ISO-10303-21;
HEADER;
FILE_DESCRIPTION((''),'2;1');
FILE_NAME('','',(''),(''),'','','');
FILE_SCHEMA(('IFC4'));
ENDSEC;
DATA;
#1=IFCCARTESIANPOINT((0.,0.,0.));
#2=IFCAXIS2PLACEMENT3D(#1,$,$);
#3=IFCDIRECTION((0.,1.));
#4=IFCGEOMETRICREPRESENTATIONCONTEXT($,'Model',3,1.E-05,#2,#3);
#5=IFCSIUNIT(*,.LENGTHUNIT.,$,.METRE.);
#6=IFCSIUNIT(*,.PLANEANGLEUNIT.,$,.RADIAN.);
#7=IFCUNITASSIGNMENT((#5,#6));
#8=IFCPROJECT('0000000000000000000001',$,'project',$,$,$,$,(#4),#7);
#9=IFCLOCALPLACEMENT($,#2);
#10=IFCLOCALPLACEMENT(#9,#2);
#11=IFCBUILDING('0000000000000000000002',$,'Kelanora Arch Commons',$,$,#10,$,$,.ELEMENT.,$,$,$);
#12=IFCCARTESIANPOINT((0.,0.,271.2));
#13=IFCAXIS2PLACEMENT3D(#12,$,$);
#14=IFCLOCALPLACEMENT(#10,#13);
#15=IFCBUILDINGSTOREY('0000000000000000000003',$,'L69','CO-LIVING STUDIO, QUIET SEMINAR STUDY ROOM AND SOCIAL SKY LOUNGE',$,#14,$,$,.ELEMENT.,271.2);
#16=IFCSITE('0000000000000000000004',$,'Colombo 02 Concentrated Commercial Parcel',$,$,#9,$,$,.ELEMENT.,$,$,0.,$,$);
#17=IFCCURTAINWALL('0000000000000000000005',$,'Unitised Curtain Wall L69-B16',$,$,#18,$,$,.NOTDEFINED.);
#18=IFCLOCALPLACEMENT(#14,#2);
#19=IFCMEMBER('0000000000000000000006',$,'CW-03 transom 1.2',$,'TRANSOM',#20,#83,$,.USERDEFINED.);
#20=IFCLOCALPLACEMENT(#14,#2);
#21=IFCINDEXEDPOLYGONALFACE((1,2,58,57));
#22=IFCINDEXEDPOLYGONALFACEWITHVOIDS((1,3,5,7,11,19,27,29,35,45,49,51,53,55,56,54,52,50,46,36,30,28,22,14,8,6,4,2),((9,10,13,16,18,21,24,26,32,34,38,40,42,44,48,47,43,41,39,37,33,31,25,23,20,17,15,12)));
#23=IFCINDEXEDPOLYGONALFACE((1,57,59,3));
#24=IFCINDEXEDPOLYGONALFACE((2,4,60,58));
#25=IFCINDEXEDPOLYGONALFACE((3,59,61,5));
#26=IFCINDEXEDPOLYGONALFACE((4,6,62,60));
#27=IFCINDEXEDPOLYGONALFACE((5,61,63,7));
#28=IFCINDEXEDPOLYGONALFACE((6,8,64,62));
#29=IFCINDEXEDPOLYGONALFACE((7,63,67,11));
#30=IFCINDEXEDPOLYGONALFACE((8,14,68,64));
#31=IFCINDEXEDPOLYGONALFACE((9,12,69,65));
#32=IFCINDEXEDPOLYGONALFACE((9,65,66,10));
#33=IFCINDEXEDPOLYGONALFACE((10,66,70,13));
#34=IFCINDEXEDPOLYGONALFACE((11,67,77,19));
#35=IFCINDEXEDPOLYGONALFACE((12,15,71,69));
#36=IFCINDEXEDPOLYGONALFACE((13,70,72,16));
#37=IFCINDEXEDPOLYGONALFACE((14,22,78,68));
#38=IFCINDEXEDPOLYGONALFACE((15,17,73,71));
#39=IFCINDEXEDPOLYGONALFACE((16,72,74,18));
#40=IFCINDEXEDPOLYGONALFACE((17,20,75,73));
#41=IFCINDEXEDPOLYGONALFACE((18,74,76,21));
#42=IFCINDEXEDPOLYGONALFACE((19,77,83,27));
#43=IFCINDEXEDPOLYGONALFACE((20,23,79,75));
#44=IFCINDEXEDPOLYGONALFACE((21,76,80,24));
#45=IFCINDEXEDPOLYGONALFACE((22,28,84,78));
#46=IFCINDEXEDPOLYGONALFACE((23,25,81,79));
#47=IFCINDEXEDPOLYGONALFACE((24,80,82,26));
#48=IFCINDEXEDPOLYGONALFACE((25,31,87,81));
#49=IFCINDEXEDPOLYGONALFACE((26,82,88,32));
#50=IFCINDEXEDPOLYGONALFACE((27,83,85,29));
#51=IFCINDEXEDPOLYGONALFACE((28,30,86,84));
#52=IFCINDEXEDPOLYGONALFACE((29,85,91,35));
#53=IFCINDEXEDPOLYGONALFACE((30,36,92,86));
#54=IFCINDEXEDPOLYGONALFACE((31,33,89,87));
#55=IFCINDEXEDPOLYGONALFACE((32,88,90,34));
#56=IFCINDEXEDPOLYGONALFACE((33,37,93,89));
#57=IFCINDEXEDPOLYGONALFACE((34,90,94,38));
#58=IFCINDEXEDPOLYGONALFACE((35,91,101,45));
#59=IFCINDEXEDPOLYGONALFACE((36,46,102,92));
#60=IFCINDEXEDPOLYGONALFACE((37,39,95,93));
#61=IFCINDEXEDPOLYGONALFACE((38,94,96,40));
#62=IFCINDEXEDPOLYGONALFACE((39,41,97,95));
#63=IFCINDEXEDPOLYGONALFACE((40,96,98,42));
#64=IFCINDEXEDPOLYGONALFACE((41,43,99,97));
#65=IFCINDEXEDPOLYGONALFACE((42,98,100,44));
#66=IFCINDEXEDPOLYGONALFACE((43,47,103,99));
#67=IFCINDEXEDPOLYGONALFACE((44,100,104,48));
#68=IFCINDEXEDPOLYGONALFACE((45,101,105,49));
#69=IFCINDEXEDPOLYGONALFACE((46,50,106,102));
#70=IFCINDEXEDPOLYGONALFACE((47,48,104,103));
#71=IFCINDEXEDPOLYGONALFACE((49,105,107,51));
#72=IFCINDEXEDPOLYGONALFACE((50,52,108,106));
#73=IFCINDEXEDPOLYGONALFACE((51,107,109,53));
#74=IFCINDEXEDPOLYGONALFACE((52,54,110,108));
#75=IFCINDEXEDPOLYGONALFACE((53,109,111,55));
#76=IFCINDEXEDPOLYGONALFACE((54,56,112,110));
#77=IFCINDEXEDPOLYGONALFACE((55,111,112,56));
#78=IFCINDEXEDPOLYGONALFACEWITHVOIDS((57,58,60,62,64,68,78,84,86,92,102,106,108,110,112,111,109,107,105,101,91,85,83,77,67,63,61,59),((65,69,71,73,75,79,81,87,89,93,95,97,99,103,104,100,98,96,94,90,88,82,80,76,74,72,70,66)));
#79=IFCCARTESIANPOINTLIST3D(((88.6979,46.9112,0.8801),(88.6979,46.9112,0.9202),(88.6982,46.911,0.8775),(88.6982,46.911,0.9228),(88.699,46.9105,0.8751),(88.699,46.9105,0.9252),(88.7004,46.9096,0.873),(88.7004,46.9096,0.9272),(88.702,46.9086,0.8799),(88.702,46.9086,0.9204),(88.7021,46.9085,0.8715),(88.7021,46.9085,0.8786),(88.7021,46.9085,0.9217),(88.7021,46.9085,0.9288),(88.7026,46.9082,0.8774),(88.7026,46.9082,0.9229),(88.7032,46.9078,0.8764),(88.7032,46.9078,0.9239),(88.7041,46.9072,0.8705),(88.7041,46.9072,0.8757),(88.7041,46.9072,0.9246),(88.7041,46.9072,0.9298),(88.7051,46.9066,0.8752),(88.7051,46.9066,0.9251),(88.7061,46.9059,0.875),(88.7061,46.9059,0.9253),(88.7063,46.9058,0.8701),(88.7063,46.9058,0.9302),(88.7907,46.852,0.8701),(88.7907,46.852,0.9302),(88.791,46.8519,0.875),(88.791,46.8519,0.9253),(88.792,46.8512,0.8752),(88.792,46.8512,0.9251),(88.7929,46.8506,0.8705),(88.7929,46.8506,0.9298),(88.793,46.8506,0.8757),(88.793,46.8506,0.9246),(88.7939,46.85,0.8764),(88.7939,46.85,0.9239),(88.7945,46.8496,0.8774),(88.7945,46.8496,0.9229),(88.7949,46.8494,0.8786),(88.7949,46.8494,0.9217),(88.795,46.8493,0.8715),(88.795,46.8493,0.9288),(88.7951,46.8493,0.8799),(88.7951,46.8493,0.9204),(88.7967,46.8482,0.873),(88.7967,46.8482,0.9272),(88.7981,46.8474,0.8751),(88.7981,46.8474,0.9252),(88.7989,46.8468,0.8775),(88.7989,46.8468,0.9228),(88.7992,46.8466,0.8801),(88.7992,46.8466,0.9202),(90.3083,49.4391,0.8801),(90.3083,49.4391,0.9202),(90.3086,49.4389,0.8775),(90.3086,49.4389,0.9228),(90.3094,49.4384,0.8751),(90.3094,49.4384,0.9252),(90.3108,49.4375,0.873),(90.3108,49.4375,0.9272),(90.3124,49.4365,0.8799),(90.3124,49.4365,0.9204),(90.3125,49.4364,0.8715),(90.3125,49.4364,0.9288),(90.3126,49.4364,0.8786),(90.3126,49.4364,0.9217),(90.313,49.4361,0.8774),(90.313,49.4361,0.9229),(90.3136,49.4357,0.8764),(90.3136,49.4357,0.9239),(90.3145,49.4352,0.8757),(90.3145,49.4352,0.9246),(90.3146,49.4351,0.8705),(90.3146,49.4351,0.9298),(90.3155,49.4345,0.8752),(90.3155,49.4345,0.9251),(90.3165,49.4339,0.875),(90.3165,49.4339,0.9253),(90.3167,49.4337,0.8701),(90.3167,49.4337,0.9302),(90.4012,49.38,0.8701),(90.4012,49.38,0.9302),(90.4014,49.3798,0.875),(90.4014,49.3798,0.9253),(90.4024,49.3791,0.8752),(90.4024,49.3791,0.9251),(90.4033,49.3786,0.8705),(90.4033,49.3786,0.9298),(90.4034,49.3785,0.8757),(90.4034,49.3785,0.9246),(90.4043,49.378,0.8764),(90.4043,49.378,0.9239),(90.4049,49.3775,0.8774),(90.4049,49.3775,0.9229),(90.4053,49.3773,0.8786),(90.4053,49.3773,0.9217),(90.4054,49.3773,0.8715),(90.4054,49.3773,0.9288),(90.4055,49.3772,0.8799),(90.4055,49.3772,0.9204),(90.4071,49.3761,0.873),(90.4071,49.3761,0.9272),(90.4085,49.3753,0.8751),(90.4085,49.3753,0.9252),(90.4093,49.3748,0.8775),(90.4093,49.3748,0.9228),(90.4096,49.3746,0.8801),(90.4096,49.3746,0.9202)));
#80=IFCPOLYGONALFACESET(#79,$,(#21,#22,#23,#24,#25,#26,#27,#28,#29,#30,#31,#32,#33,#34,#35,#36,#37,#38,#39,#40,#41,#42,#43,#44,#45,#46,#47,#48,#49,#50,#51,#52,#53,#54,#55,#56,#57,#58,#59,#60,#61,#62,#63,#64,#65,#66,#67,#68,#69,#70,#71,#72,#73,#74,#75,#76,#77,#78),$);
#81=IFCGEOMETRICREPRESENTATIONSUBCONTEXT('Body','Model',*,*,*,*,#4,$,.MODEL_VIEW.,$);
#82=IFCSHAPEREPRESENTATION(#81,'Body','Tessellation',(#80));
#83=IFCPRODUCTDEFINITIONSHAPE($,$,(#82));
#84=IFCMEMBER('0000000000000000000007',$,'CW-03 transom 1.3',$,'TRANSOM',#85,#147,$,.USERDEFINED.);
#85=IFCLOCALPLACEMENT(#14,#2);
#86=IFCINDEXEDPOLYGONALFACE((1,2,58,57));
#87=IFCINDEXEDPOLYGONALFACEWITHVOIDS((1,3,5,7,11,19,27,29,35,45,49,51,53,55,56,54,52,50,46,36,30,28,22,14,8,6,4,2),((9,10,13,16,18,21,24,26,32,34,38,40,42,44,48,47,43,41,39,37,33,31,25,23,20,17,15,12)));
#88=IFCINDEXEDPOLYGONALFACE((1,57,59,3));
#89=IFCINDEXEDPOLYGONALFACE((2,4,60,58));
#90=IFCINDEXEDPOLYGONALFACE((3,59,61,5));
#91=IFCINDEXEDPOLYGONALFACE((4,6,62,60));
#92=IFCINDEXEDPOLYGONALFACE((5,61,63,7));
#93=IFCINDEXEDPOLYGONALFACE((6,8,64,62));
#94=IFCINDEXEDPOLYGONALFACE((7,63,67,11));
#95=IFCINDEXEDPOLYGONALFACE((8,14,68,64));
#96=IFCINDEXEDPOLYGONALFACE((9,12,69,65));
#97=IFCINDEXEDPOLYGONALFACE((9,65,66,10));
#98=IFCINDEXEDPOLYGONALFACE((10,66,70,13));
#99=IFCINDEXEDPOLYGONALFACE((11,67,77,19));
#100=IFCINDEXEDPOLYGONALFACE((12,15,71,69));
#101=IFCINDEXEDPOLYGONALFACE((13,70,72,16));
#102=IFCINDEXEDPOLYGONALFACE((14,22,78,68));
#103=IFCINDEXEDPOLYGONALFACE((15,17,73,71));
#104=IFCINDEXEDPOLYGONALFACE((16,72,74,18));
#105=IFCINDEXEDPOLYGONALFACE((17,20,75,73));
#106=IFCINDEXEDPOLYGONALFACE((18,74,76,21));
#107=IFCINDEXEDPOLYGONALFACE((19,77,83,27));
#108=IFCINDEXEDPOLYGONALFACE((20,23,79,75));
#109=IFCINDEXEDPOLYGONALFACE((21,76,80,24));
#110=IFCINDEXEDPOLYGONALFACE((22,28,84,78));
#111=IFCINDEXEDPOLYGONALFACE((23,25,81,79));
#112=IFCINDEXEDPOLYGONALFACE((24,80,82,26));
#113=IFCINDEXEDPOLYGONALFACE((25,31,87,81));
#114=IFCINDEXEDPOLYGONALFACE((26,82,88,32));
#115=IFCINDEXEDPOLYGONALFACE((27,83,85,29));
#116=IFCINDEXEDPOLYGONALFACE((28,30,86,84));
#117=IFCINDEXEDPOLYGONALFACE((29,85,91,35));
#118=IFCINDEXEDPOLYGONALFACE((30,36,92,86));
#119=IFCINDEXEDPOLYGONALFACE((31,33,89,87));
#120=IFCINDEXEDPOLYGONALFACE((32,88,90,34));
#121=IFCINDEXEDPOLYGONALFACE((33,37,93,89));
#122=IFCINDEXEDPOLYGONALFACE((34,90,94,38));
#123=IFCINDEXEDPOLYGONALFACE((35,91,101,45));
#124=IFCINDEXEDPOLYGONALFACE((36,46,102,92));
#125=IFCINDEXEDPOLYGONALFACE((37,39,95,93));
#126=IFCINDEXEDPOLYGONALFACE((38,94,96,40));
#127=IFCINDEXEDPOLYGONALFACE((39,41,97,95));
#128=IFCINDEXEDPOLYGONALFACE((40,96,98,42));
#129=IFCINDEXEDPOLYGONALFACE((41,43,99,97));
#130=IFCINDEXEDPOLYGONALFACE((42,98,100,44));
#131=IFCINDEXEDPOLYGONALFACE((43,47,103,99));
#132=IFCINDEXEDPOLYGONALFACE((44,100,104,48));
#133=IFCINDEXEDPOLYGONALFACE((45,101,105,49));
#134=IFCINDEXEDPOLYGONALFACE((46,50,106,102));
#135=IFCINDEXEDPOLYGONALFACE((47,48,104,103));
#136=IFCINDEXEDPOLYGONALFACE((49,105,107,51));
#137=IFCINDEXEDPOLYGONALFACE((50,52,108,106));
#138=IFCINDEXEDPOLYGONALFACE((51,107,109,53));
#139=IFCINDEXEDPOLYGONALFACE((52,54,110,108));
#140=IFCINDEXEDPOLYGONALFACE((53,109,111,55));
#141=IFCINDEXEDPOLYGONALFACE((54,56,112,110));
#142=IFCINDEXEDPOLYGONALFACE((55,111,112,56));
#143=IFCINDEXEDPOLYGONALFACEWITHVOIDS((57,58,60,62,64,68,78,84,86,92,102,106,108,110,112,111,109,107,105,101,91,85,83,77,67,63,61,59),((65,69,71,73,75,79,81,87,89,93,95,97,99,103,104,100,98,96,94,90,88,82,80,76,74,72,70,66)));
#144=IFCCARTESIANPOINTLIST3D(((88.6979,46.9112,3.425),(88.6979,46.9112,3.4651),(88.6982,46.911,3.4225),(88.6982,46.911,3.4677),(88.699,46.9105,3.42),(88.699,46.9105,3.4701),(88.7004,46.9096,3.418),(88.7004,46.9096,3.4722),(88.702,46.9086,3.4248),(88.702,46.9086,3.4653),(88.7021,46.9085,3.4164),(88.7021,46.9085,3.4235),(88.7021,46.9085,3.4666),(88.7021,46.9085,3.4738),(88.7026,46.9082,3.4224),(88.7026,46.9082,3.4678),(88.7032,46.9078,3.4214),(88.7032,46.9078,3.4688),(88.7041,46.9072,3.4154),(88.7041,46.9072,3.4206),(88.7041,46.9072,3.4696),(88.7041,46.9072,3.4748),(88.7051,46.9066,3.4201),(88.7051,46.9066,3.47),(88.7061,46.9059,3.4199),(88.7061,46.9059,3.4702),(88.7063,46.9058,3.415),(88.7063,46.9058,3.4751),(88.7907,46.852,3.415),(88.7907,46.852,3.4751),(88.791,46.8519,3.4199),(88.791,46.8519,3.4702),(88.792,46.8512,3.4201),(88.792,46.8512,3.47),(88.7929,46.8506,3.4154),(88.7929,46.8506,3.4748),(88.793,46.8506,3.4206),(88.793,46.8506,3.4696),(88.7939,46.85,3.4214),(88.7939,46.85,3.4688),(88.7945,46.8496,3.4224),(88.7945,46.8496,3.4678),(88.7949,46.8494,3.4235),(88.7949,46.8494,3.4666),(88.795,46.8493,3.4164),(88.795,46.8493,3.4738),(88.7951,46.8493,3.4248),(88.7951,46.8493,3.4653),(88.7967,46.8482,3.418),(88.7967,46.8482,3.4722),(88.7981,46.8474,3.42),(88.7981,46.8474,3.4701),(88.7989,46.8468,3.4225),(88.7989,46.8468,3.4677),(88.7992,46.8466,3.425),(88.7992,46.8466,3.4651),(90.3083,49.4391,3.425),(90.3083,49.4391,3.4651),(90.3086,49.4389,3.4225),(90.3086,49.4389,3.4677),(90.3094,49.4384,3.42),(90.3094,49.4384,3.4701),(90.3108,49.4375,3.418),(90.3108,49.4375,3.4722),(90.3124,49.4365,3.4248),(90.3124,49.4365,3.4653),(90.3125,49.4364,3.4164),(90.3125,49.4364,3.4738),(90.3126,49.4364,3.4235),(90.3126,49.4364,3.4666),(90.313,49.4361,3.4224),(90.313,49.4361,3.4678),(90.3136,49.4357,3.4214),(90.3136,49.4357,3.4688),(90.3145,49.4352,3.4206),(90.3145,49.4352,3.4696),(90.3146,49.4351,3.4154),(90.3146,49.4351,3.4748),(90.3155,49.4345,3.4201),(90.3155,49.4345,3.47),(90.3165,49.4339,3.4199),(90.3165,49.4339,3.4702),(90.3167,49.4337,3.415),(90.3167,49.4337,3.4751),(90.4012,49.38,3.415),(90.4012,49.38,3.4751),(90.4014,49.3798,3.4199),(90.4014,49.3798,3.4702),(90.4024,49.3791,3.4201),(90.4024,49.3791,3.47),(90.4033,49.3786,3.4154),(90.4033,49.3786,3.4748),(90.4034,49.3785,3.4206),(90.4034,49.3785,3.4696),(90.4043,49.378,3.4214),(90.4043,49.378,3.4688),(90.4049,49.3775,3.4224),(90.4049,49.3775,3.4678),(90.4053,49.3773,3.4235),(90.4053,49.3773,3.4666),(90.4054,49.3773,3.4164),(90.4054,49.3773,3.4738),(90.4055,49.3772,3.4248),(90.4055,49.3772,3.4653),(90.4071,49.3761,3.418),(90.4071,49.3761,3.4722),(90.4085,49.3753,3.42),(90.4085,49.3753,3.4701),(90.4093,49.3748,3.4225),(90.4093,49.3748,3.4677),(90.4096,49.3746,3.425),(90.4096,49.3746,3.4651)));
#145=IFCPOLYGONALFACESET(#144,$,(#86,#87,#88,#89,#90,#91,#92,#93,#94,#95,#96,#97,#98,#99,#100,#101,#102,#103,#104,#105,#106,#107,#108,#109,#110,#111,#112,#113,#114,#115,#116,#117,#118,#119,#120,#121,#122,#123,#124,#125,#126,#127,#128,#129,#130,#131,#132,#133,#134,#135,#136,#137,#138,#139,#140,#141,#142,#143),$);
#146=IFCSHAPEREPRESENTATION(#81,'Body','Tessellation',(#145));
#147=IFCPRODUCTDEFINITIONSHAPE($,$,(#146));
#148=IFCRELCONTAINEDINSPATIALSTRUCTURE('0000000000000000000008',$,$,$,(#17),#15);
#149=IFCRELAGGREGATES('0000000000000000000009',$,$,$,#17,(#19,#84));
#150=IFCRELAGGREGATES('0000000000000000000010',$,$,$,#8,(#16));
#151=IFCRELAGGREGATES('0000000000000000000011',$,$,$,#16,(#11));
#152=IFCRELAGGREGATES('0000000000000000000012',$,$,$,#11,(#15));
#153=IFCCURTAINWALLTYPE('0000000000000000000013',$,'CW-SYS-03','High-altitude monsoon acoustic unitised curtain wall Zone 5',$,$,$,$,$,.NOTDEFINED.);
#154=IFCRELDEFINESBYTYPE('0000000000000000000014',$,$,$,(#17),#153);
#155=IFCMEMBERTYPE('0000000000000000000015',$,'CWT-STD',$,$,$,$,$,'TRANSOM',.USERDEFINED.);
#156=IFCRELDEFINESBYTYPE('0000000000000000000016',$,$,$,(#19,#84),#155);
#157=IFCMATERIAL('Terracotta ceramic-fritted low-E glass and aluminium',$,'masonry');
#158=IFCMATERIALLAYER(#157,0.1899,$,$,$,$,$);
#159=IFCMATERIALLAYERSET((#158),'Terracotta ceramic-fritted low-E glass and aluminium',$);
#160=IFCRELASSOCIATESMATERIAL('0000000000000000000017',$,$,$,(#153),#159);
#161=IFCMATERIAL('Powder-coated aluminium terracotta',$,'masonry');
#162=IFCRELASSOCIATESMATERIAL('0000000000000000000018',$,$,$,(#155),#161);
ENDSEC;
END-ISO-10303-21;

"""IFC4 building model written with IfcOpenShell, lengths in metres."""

from ifc_helpers import new_model, si_unit, direction, frame, origin, origin_2d, place, context, subcontext, project, spatial, hollow_rectangle, extrude, material, layer, layer_set, material_profile, profile_set, type_object, element, aggregate, save


model = new_model("IFC4")

# Units and contexts
model_context = context("Model", 3, precision=1e-05, world=origin(), true_north=direction((0.0, 1.0)))
body_context = subcontext(model_context, "Body", "Model", "MODEL_VIEW")
ifc_project = project(units=[si_unit("LENGTHUNIT", "METRE"), si_unit("PLANEANGLEUNIT", "RADIAN")], contexts=[model_context])

# Site, building, storey
site_placement = place(None, origin())
site = spatial("IfcSite", under=ifc_project, at=site_placement, Name="Colombo 02 Concentrated Commercial Parcel", CompositionType="ELEMENT", RefElevation=0.0)
building_placement = place(site_placement, origin())
building = spatial("IfcBuilding", under=site, at=building_placement, Name="Kelanora Arch Commons", CompositionType="ELEMENT")
storey_placement = place(building_placement, frame((0.0, 0.0, 271.2)))
storey = spatial("IfcBuildingStorey", under=building, at=storey_placement, Name="L69", Description="CO-LIVING STUDIO, QUIET SEMINAR STUDY ROOM AND SOCIAL SKY LOUNGE", CompositionType="ELEMENT", Elevation=271.2)

# Shared definitions
ifc_material_1 = material(Name="Terracotta ceramic-fritted low-E glass and aluminium", Category="masonry")
ifc_layer_1 = layer(ifc_material_1, 0.1899)
ifc_layer_set_1 = layer_set([ifc_layer_1], Name="Terracotta ceramic-fritted low-E glass and aluminium")
curtain_wall_type = type_object("IfcCurtainWallType", Name="CW-SYS-03", Description="High-altitude monsoon acoustic unitised curtain wall Zone 5", PredefinedType="NOTDEFINED", material=ifc_layer_set_1)
ifc_material_2 = material(Name="Powder-coated aluminium terracotta", Category="masonry")

# Curtain wall, members
curtain_wall_1_placement = place(storey_placement, origin())
curtain_wall_1 = element("IfcCurtainWall", 1, at=curtain_wall_1_placement, inside=storey, type_object=curtain_wall_type, Name="Unitised Curtain Wall L69-B16", PredefinedType="NOTDEFINED")
ifc_material_profile_1 = material_profile(ifc_material_2, hollow_rectangle(XDim=0.1201, YDim=0.0601, WallThickness=0.0049, InnerFilletRadius=0.0049, OuterFilletRadius=0.01, at=origin_2d()), Name="CWT120x60")
ifc_profile_set_1 = profile_set([ifc_material_profile_1], Name="Powder-coated aluminium terracotta")
member_type_1 = type_object("IfcMemberType", Name="CWT-STD", ElementType="TRANSOM", PredefinedType="USERDEFINED", material=ifc_profile_set_1)
member_1_placement = place(storey_placement, frame((88.7485, 46.8789, 0.9001), z_axis=(0.537287, 0.8434, 0.0), x_axis=(-0.8434, 0.537287, 0.0)))
member_1 = element("IfcMember", 2, at=member_1_placement, type_object=member_type_1, Name="CW-03 transom 1.2", ObjectType="TRANSOM", PredefinedType="USERDEFINED", context=body_context, shape_type="SweptSolid", body=[
    extrude(hollow_rectangle(XDim=0.1201, YDim=0.0601, WallThickness=0.0049, InnerFilletRadius=0.0049, OuterFilletRadius=0.01, at=origin_2d()), origin(), (0.0, 0.0, 1.0), 2.9973),
])
member_2_placement = place(storey_placement, frame((88.7485, 46.8789, 3.4451), z_axis=(0.537287, 0.8434, 0.0), x_axis=(-0.8434, 0.537287, 0.0)))
member_2 = element("IfcMember", 3, at=member_2_placement, type_object=member_type_1, Name="CW-03 transom 1.3", ObjectType="TRANSOM", PredefinedType="USERDEFINED", context=body_context, shape_type="SweptSolid", body=[
    extrude(hollow_rectangle(XDim=0.1201, YDim=0.0601, WallThickness=0.0049, InnerFilletRadius=0.0049, OuterFilletRadius=0.01, at=origin_2d()), origin(), (0.0, 0.0, 1.0), 2.9973),
])

aggregate(curtain_wall_1, [member_1, member_2])

save(model, "model.ifc")
